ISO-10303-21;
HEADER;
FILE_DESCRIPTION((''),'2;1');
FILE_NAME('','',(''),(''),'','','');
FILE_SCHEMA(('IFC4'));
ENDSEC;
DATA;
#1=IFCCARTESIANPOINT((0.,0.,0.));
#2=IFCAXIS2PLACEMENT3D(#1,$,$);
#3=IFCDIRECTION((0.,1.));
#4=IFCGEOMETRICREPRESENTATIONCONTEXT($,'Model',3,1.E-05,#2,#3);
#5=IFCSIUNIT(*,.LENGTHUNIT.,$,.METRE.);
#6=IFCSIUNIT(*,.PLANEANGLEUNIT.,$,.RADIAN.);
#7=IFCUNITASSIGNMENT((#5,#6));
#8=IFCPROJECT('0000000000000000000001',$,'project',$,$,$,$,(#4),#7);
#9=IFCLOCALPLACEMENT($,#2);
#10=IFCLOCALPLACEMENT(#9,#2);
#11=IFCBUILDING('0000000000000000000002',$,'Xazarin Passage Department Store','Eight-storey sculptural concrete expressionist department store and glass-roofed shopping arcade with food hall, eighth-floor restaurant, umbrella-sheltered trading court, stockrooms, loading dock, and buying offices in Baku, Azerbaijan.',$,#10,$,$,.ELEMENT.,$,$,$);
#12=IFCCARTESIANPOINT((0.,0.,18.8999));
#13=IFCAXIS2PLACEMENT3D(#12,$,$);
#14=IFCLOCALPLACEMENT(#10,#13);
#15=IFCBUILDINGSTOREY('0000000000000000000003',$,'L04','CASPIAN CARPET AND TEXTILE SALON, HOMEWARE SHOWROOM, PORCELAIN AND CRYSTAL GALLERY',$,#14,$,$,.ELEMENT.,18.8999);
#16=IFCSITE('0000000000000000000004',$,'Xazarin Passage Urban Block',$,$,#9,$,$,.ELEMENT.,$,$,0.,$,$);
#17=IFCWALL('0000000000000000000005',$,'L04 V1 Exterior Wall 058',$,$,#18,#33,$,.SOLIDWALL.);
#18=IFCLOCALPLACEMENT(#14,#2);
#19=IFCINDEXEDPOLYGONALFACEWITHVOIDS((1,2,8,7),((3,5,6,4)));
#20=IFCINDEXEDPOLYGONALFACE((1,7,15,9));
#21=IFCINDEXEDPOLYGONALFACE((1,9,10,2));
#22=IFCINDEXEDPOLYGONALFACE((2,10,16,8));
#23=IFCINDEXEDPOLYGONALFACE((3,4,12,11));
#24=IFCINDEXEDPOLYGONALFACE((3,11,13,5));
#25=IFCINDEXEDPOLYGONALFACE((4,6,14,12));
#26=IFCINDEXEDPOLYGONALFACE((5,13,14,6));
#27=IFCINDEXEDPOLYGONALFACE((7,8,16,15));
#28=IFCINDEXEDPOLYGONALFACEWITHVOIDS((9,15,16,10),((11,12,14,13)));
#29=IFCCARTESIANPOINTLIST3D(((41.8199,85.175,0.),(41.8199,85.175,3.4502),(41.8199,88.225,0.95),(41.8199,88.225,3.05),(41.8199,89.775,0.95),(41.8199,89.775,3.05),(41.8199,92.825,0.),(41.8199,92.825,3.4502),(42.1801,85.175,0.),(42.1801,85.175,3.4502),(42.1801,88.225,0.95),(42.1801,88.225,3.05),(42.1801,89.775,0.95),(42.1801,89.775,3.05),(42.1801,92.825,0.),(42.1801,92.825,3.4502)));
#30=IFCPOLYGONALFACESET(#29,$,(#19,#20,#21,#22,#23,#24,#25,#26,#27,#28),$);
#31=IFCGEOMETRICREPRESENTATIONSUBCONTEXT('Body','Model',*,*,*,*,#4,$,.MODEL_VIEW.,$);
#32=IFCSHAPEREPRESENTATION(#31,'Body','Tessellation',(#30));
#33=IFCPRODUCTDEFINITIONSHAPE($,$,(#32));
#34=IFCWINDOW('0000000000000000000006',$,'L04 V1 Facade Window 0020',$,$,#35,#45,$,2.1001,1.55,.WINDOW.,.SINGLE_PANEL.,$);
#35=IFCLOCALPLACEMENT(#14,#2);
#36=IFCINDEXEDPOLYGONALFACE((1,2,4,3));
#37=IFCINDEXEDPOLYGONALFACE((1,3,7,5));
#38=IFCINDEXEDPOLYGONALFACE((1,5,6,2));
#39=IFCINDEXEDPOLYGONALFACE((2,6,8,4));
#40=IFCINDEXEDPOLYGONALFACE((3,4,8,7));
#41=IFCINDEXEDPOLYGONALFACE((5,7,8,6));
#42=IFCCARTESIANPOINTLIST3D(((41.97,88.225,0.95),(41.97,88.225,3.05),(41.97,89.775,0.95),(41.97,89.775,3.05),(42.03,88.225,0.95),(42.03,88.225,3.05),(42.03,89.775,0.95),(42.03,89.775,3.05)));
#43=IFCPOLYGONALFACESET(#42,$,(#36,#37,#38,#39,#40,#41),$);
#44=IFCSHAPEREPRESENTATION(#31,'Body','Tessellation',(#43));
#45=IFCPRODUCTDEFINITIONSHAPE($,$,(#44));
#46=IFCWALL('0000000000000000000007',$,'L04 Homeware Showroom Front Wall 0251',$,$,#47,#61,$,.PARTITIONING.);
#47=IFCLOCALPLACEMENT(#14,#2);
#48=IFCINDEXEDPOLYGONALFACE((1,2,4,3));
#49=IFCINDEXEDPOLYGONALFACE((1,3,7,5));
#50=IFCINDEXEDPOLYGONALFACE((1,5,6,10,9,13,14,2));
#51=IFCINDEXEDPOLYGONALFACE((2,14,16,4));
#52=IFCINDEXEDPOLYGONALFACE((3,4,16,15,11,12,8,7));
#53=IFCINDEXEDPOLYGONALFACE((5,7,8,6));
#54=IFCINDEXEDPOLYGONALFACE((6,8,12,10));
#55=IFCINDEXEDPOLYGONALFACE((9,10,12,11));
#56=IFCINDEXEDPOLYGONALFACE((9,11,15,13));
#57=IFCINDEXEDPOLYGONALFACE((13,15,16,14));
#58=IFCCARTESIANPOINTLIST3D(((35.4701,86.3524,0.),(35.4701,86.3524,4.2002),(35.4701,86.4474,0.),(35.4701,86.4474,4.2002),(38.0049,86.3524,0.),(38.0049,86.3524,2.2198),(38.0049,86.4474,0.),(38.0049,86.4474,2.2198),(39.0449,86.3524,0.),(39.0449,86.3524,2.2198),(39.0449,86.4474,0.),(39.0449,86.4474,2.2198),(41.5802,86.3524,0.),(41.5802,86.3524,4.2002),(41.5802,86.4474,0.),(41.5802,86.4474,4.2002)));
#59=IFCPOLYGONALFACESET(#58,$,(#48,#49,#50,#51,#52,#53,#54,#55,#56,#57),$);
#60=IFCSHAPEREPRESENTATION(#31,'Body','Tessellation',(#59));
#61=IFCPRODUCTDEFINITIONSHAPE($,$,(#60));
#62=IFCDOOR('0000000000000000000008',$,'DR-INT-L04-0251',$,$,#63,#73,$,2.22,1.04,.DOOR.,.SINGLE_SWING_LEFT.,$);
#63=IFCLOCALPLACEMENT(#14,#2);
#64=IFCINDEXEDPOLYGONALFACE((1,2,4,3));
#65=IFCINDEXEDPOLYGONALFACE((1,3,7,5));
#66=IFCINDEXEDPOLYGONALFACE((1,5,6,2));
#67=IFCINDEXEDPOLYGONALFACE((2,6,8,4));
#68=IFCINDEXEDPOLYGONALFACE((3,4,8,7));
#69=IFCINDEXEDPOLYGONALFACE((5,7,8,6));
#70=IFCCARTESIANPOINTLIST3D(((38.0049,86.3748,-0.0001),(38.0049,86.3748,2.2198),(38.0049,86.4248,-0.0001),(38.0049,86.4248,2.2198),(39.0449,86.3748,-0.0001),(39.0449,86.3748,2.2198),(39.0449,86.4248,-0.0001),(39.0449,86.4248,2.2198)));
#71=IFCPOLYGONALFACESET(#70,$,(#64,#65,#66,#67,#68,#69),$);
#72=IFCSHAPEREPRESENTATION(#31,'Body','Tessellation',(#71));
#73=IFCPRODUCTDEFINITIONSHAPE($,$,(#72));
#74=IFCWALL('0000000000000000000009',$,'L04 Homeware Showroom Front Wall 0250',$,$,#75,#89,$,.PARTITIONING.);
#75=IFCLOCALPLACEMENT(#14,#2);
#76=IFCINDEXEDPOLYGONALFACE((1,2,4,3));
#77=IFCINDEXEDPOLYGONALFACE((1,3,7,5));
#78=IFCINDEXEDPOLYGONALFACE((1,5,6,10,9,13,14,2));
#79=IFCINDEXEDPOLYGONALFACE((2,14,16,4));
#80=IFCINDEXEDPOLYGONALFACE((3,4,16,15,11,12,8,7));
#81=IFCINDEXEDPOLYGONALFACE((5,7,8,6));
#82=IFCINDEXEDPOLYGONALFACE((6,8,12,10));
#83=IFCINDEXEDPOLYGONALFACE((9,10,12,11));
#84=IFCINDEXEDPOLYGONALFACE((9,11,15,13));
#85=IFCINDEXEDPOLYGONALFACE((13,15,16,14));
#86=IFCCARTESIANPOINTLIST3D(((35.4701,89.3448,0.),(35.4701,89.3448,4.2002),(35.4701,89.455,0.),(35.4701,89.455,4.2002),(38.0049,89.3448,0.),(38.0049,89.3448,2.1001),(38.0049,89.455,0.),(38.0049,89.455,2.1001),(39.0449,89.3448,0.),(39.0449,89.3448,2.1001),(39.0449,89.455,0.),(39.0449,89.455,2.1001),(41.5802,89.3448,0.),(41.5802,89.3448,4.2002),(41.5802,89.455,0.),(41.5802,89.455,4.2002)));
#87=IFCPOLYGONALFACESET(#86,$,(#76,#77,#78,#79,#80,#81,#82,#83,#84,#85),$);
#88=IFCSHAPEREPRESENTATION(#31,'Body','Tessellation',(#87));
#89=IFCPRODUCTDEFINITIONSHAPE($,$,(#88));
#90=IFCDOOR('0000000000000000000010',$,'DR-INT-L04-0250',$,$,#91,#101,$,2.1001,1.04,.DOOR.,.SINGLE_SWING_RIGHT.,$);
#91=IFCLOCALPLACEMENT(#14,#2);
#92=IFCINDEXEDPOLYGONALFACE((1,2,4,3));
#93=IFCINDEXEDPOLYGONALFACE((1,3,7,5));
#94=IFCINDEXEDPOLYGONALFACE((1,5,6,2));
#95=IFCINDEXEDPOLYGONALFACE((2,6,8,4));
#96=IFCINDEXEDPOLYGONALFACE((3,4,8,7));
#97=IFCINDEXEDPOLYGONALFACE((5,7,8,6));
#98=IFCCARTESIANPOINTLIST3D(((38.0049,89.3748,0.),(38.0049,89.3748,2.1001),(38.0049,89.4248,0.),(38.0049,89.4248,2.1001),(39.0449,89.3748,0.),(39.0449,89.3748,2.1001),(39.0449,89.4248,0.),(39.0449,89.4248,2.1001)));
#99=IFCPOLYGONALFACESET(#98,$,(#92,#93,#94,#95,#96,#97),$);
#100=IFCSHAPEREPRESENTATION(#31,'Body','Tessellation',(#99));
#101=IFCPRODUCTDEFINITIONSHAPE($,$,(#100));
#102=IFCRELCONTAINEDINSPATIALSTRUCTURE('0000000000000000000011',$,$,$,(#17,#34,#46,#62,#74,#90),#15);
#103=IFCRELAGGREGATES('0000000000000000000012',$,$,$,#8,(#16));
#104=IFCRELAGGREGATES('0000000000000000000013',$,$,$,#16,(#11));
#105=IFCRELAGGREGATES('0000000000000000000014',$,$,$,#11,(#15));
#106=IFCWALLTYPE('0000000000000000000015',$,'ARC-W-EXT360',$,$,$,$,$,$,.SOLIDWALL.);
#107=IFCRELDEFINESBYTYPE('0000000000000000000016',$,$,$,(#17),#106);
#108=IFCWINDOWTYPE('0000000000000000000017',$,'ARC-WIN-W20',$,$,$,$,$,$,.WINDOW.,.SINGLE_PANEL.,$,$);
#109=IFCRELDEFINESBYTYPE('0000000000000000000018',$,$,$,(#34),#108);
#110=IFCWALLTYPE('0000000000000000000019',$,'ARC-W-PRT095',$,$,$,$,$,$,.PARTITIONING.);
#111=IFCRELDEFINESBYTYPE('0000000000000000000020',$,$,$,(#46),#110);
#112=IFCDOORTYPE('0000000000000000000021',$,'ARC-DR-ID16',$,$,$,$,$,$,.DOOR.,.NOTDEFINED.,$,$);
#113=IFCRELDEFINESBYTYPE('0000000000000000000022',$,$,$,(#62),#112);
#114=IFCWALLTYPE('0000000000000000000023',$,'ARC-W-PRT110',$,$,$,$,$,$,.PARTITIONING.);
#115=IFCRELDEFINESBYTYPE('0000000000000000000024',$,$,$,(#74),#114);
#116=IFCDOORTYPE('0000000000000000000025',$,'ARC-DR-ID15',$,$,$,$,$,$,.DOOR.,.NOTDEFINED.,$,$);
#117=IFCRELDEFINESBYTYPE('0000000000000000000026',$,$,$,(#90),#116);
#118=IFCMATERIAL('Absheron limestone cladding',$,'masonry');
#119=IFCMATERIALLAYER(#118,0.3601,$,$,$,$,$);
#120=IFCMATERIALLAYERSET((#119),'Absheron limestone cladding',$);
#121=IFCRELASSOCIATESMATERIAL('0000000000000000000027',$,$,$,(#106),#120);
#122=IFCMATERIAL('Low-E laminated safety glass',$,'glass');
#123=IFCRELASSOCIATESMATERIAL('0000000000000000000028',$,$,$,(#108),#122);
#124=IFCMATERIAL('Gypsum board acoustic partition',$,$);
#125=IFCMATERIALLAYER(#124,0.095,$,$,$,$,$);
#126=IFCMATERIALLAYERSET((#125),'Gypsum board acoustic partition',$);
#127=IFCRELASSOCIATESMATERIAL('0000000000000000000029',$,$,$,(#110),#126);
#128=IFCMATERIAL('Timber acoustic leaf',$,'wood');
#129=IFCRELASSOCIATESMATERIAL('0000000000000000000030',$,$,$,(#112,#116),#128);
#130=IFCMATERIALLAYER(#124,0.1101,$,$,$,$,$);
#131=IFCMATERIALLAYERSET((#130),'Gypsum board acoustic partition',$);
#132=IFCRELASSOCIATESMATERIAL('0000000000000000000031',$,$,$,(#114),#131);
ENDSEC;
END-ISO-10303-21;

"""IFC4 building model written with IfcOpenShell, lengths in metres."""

from ifc_helpers import new_model, si_unit, direction, frame, frame_2d, origin, place, context, subcontext, project, spatial, rectangle, extrude, material, layer, layer_set, type_object, element, fill, save


model = new_model("IFC4")

# Units and contexts
model_context = context("Model", 3, precision=1e-05, world=origin(), true_north=direction((0.0, 1.0)))
body_context = subcontext(model_context, "Body", "Model", "MODEL_VIEW")
ifc_project = project(units=[si_unit("LENGTHUNIT", "METRE"), si_unit("PLANEANGLEUNIT", "RADIAN")], contexts=[model_context])

# Site, building, storey
site_placement = place(None, origin())
site = spatial("IfcSite", under=ifc_project, at=site_placement, Name="Xazarin Passage Urban Block", CompositionType="ELEMENT", RefElevation=0.0)
building_placement = place(site_placement, origin())
building = spatial("IfcBuilding", under=site, at=building_placement, Name="Xazarin Passage Department Store", Description="Eight-storey sculptural concrete expressionist department store and glass-roofed shopping arcade with food hall, eighth-floor restaurant, umbrella-sheltered trading court, stockrooms, loading dock, and buying offices in Baku, Azerbaijan.", CompositionType="ELEMENT")
storey_placement = place(building_placement, frame((0.0, 0.0, 18.8999)))
storey = spatial("IfcBuildingStorey", under=building, at=storey_placement, Name="L04", Description="CASPIAN CARPET AND TEXTILE SALON, HOMEWARE SHOWROOM, PORCELAIN AND CRYSTAL GALLERY", CompositionType="ELEMENT", Elevation=18.8999)

# Shared definitions
ifc_material_1 = material(Name="Low-E laminated safety glass", Category="glass")

# Shared definitions
ifc_material_2 = material(Name="Timber acoustic leaf", Category="wood")

# Wall, opening, window
ifc_material_3 = material(Name="Absheron limestone cladding", Category="masonry")
ifc_layer_1 = layer(ifc_material_3, 0.3601)
ifc_layer_set_1 = layer_set([ifc_layer_1], Name="Absheron limestone cladding")
wall_type_1 = type_object("IfcWallType", Name="ARC-W-EXT360", PredefinedType="SOLIDWALL", material=ifc_layer_set_1)
wall_1_placement = place(storey_placement, frame((42.0, 85.175, 0.0), z_axis=(0.0, 0.0, 1.0), x_axis=(0.0, 1.0, 0.0)))
wall_1 = element("IfcWall", 1, at=wall_1_placement, inside=storey, type_object=wall_type_1, Name="L04 V1 Exterior Wall 058", PredefinedType="SOLIDWALL", context=body_context, shape_type="SweptSolid", body=[
    extrude(rectangle(XDim=7.6499, YDim=0.3601, at=frame_2d((3.825, 0.0))), origin(), (0.0, 0.0, 1.0), 3.4502),
])
opening_1_placement = place(wall_1_placement, frame((3.05, 0.0, 0.95)))
opening_1 = element("IfcOpeningElement", 2, at=opening_1_placement, cuts=wall_1, PredefinedType="OPENING", context=body_context, shape_type="SweptSolid", body=[
    extrude(rectangle(XDim=1.55, YDim=2.1001, at=frame_2d((0.7749, 1.05))), frame((0.0, 0.1899, 0.0), z_axis=(0.0, -1.0, 0.0), x_axis=(1.0, 0.0, 0.0)), (0.0, 0.0, 1.0), 0.3801),
])
window_type = type_object("IfcWindowType", Name="ARC-WIN-W20", PartitioningType="SINGLE_PANEL", PredefinedType="WINDOW", material=ifc_material_1)
window_placement = place(opening_1_placement, origin())
window = element("IfcWindow", 3, at=window_placement, inside=storey, type_object=window_type, Name="L04 V1 Facade Window 0020", OverallHeight=2.1001, OverallWidth=1.55, PartitioningType="SINGLE_PANEL", PredefinedType="WINDOW", context=body_context, shape_type="SweptSolid", body=[
    extrude(rectangle(XDim=1.55, YDim=2.1001, at=frame_2d((0.7749, 1.05))), frame((0.0, 0.03, 0.0), z_axis=(0.0, -1.0, 0.0), x_axis=(1.0, 0.0, 0.0)), (0.0, 0.0, 1.0), 0.0601),
])
fill(opening_1, window)

# Walls, openings, doors
ifc_material_4 = material(Name="Gypsum board acoustic partition")
ifc_layer_2 = layer(ifc_material_4, 0.095)
ifc_layer_set_2 = layer_set([ifc_layer_2], Name="Gypsum board acoustic partition")
wall_type_2 = type_object("IfcWallType", Name="ARC-W-PRT095", PredefinedType="PARTITIONING", material=ifc_layer_set_2)
wall_2_placement = place(storey_placement, frame((35.47, 86.3999, 0.0), z_axis=(0.0, 0.0, 1.0), x_axis=(1.0, 0.0, 0.0)))
wall_2 = element("IfcWall", 4, at=wall_2_placement, inside=storey, type_object=wall_type_2, Name="L04 Homeware Showroom Front Wall 0251", PredefinedType="PARTITIONING", context=body_context, shape_type="SweptSolid", body=[
    extrude(rectangle(XDim=6.1101, YDim=0.095, at=frame_2d((3.0552, 0.0))), origin(), (0.0, 0.0, 1.0), 4.2002),
])
opening_2_placement = place(wall_2_placement, frame((2.5349, 0.0, 0.0)))
opening_2 = element("IfcOpeningElement", 5, at=opening_2_placement, cuts=wall_2, PredefinedType="OPENING", context=body_context, shape_type="SweptSolid", body=[
    extrude(rectangle(XDim=1.04, YDim=2.22, at=frame_2d((0.52, 1.1099))), frame((0.0, 0.0574, 0.0), z_axis=(0.0, -1.0, 0.0), x_axis=(1.0, 0.0, 0.0)), (0.0, 0.0, 1.0), 0.115),
])
door_type_1 = type_object("IfcDoorType", Name="ARC-DR-ID16", OperationType="NOTDEFINED", PredefinedType="DOOR", material=ifc_material_2)
door_1_placement = place(opening_2_placement, origin())
door_1 = element("IfcDoor", 6, at=door_1_placement, inside=storey, type_object=door_type_1, Name="DR-INT-L04-0251", OperationType="SINGLE_SWING_LEFT", OverallHeight=2.22, OverallWidth=1.04, PredefinedType="DOOR", context=body_context, shape_type="SweptSolid", body=[
    extrude(rectangle(XDim=1.04, YDim=2.22, at=frame_2d((0.52, 1.1099))), frame((0.0, 0.0249, 0.0), z_axis=(0.0, -1.0, 0.0), x_axis=(1.0, 0.0, 0.0)), (0.0, 0.0, 1.0), 0.05),
])
fill(opening_2, door_1)
ifc_layer_3 = layer(ifc_material_4, 0.1101)
ifc_layer_set_3 = layer_set([ifc_layer_3], Name="Gypsum board acoustic partition")
wall_type_3 = type_object("IfcWallType", Name="ARC-W-PRT110", PredefinedType="PARTITIONING", material=ifc_layer_set_3)
wall_3_placement = place(storey_placement, frame((35.47, 89.3999, 0.0), z_axis=(0.0, 0.0, 1.0), x_axis=(1.0, 0.0, 0.0)))
wall_3 = element("IfcWall", 7, at=wall_3_placement, inside=storey, type_object=wall_type_3, Name="L04 Homeware Showroom Front Wall 0250", PredefinedType="PARTITIONING", context=body_context, shape_type="SweptSolid", body=[
    extrude(rectangle(XDim=6.1101, YDim=0.1101, at=frame_2d((3.0552, 0.0))), origin(), (0.0, 0.0, 1.0), 4.2002),
])
opening_3_placement = place(wall_3_placement, frame((2.5349, 0.0, 0.0)))
opening_3 = element("IfcOpeningElement", 8, at=opening_3_placement, cuts=wall_3, PredefinedType="OPENING", context=body_context, shape_type="SweptSolid", body=[
    extrude(rectangle(XDim=1.04, YDim=2.1001, at=frame_2d((0.52, 1.05))), frame((0.0, 0.0649, 0.0), z_axis=(0.0, -1.0, 0.0), x_axis=(1.0, 0.0, 0.0)), (0.0, 0.0, 1.0), 0.1301),
])
door_type_2 = type_object("IfcDoorType", Name="ARC-DR-ID15", OperationType="NOTDEFINED", PredefinedType="DOOR", material=ifc_material_2)
door_2_placement = place(opening_3_placement, origin())
door_2 = element("IfcDoor", 9, at=door_2_placement, inside=storey, type_object=door_type_2, Name="DR-INT-L04-0250", OperationType="SINGLE_SWING_RIGHT", OverallHeight=2.1001, OverallWidth=1.04, PredefinedType="DOOR", context=body_context, shape_type="SweptSolid", body=[
    extrude(rectangle(XDim=1.04, YDim=2.1001, at=frame_2d((0.52, 1.05))), frame((0.0, 0.0249, 0.0), z_axis=(0.0, -1.0, 0.0), x_axis=(1.0, 0.0, 0.0)), (0.0, 0.0, 1.0), 0.05),
])
fill(opening_3, door_2)

save(model, "model.ifc")
